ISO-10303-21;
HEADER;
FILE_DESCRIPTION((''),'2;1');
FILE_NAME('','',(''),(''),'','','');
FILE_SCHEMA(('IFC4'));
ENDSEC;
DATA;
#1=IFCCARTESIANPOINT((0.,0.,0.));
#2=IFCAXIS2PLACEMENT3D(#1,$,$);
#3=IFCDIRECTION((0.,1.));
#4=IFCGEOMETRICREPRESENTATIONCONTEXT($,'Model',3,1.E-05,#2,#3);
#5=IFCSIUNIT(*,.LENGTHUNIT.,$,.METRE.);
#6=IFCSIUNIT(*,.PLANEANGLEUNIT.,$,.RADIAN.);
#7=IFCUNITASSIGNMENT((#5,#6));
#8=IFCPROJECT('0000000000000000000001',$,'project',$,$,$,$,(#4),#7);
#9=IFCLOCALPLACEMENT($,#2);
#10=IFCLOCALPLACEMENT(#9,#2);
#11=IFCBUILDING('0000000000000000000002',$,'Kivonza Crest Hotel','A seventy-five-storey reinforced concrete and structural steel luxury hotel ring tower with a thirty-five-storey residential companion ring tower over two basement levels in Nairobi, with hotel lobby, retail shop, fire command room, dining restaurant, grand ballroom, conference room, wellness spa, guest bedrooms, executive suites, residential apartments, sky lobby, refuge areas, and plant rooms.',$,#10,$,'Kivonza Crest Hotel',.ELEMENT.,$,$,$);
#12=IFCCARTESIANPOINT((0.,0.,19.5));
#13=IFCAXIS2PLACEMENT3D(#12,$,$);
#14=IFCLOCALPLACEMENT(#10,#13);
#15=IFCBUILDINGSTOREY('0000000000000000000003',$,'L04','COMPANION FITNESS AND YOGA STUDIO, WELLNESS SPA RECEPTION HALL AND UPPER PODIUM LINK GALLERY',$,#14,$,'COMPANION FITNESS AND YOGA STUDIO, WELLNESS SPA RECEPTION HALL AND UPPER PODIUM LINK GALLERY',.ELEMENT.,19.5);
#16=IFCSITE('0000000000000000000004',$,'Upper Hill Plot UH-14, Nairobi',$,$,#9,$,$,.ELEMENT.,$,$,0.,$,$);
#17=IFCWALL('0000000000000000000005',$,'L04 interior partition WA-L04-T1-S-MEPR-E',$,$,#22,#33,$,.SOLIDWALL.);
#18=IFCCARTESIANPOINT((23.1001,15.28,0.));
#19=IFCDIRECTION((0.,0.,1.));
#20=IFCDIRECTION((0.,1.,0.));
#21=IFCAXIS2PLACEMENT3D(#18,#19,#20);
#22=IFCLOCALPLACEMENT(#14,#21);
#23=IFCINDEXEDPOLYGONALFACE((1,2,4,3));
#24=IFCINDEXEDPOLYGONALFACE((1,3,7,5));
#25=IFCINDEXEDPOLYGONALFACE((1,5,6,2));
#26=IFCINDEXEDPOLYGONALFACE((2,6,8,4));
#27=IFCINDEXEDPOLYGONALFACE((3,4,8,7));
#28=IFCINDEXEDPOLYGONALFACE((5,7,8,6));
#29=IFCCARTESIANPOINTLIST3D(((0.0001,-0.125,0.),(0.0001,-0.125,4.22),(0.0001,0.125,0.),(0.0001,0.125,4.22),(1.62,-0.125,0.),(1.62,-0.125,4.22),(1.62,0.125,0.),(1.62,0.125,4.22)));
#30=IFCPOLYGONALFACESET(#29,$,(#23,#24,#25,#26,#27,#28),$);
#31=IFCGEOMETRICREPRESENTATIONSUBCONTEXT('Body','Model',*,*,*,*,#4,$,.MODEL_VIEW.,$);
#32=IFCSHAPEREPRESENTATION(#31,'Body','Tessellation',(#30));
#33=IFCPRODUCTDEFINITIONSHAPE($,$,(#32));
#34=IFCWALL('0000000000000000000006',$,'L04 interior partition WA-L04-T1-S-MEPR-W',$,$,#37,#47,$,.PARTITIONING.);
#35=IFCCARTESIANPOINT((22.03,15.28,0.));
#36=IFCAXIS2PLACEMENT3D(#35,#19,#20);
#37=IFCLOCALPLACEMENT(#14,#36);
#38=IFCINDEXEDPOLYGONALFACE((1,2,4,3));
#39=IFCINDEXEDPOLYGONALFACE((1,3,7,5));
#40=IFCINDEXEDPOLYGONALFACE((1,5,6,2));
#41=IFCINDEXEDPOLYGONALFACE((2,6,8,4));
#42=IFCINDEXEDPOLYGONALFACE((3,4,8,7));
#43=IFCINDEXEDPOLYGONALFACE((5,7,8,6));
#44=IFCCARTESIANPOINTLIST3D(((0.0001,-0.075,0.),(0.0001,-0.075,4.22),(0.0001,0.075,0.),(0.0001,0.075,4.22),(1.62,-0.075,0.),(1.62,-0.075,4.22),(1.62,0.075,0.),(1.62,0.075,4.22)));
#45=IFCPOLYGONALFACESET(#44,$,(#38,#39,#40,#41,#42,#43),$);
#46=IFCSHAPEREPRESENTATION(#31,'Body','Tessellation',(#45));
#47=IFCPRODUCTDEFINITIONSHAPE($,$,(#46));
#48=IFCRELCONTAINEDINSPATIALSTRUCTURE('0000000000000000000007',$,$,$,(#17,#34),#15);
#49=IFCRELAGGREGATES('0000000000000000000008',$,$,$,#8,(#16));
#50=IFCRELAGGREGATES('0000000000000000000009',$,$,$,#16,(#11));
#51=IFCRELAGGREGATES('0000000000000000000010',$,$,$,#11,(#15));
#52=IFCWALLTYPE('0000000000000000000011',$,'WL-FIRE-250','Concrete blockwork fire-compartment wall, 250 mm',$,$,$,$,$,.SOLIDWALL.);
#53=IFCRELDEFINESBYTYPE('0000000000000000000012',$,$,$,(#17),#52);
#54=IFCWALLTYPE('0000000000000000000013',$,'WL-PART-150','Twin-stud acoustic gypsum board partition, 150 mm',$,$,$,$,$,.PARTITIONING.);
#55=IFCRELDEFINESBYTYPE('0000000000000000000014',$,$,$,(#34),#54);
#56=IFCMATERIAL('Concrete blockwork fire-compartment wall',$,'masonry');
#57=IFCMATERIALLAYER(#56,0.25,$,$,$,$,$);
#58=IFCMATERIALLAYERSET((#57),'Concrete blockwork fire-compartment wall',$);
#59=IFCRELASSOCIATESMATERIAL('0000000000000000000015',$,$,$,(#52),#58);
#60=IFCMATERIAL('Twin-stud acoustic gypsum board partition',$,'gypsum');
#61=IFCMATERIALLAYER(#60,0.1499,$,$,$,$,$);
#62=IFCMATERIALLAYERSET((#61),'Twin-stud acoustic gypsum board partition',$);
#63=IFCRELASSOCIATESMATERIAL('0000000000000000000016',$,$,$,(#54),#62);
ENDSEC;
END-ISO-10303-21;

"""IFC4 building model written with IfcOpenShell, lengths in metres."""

from ifc_helpers import new_model, si_unit, direction, frame, frame_2d, origin, place, context, subcontext, project, spatial, rectangle, extrude, material, layer, layer_set, type_object, element, save


model = new_model("IFC4")

# Units and contexts
model_context = context("Model", 3, precision=1e-05, world=origin(), true_north=direction((0.0, 1.0)))
body_context = subcontext(model_context, "Body", "Model", "MODEL_VIEW")
ifc_project = project(units=[si_unit("LENGTHUNIT", "METRE"), si_unit("PLANEANGLEUNIT", "RADIAN")], contexts=[model_context])

# Site, building, storey
site_placement = place(None, origin())
site = spatial("IfcSite", under=ifc_project, at=site_placement, Name="Upper Hill Plot UH-14, Nairobi", CompositionType="ELEMENT", RefElevation=0.0)
building_placement = place(site_placement, origin())
building = spatial("IfcBuilding", under=site, at=building_placement, Name="Kivonza Crest Hotel", Description="A seventy-five-storey reinforced concrete and structural steel luxury hotel ring tower with a thirty-five-storey residential companion ring tower over two basement levels in Nairobi, with hotel lobby, retail shop, fire command room, dining restaurant, grand ballroom, conference room, wellness spa, guest bedrooms, executive suites, residential apartments, sky lobby, refuge areas, and plant rooms.", LongName="Kivonza Crest Hotel", CompositionType="ELEMENT")
storey_placement = place(building_placement, frame((0.0, 0.0, 19.5)))
storey = spatial("IfcBuildingStorey", under=building, at=storey_placement, Name="L04", Description="COMPANION FITNESS AND YOGA STUDIO, WELLNESS SPA RECEPTION HALL AND UPPER PODIUM LINK GALLERY", LongName="COMPANION FITNESS AND YOGA STUDIO, WELLNESS SPA RECEPTION HALL AND UPPER PODIUM LINK GALLERY", CompositionType="ELEMENT", Elevation=19.5)

# Walls
ifc_material_1 = material(Name="Concrete blockwork fire-compartment wall", Category="masonry")
ifc_layer_1 = layer(ifc_material_1, 0.25)
ifc_layer_set_1 = layer_set([ifc_layer_1], Name="Concrete blockwork fire-compartment wall")
wall_type_1 = type_object("IfcWallType", Name="WL-FIRE-250", Description="Concrete blockwork fire-compartment wall, 250 mm", PredefinedType="SOLIDWALL", material=ifc_layer_set_1)
wall_1_placement = place(storey_placement, frame((23.1001, 15.28, 0.0), z_axis=(0.0, 0.0, 1.0), x_axis=(0.0, 1.0, 0.0)))
element("IfcWall", 1, at=wall_1_placement, inside=storey, type_object=wall_type_1, Name="L04 interior partition WA-L04-T1-S-MEPR-E", PredefinedType="SOLIDWALL", context=body_context, shape_type="SweptSolid", body=[
    extrude(rectangle(XDim=1.6199, YDim=0.25, at=frame_2d((0.8101, 0.0))), origin(), (0.0, 0.0, 1.0), 4.22),
])
ifc_material_2 = material(Name="Twin-stud acoustic gypsum board partition", Category="gypsum")
ifc_layer_2 = layer(ifc_material_2, 0.1499)
ifc_layer_set_2 = layer_set([ifc_layer_2], Name="Twin-stud acoustic gypsum board partition")
wall_type_2 = type_object("IfcWallType", Name="WL-PART-150", Description="Twin-stud acoustic gypsum board partition, 150 mm", PredefinedType="PARTITIONING", material=ifc_layer_set_2)
wall_2_placement = place(storey_placement, frame((22.03, 15.28, 0.0), z_axis=(0.0, 0.0, 1.0), x_axis=(0.0, 1.0, 0.0)))
element("IfcWall", 2, at=wall_2_placement, inside=storey, type_object=wall_type_2, Name="L04 interior partition WA-L04-T1-S-MEPR-W", PredefinedType="PARTITIONING", context=body_context, shape_type="SweptSolid", body=[
    extrude(rectangle(XDim=1.6199, YDim=0.1499, at=frame_2d((0.8101, 0.0))), origin(), (0.0, 0.0, 1.0), 4.22),
])

save(model, "model.ifc")
